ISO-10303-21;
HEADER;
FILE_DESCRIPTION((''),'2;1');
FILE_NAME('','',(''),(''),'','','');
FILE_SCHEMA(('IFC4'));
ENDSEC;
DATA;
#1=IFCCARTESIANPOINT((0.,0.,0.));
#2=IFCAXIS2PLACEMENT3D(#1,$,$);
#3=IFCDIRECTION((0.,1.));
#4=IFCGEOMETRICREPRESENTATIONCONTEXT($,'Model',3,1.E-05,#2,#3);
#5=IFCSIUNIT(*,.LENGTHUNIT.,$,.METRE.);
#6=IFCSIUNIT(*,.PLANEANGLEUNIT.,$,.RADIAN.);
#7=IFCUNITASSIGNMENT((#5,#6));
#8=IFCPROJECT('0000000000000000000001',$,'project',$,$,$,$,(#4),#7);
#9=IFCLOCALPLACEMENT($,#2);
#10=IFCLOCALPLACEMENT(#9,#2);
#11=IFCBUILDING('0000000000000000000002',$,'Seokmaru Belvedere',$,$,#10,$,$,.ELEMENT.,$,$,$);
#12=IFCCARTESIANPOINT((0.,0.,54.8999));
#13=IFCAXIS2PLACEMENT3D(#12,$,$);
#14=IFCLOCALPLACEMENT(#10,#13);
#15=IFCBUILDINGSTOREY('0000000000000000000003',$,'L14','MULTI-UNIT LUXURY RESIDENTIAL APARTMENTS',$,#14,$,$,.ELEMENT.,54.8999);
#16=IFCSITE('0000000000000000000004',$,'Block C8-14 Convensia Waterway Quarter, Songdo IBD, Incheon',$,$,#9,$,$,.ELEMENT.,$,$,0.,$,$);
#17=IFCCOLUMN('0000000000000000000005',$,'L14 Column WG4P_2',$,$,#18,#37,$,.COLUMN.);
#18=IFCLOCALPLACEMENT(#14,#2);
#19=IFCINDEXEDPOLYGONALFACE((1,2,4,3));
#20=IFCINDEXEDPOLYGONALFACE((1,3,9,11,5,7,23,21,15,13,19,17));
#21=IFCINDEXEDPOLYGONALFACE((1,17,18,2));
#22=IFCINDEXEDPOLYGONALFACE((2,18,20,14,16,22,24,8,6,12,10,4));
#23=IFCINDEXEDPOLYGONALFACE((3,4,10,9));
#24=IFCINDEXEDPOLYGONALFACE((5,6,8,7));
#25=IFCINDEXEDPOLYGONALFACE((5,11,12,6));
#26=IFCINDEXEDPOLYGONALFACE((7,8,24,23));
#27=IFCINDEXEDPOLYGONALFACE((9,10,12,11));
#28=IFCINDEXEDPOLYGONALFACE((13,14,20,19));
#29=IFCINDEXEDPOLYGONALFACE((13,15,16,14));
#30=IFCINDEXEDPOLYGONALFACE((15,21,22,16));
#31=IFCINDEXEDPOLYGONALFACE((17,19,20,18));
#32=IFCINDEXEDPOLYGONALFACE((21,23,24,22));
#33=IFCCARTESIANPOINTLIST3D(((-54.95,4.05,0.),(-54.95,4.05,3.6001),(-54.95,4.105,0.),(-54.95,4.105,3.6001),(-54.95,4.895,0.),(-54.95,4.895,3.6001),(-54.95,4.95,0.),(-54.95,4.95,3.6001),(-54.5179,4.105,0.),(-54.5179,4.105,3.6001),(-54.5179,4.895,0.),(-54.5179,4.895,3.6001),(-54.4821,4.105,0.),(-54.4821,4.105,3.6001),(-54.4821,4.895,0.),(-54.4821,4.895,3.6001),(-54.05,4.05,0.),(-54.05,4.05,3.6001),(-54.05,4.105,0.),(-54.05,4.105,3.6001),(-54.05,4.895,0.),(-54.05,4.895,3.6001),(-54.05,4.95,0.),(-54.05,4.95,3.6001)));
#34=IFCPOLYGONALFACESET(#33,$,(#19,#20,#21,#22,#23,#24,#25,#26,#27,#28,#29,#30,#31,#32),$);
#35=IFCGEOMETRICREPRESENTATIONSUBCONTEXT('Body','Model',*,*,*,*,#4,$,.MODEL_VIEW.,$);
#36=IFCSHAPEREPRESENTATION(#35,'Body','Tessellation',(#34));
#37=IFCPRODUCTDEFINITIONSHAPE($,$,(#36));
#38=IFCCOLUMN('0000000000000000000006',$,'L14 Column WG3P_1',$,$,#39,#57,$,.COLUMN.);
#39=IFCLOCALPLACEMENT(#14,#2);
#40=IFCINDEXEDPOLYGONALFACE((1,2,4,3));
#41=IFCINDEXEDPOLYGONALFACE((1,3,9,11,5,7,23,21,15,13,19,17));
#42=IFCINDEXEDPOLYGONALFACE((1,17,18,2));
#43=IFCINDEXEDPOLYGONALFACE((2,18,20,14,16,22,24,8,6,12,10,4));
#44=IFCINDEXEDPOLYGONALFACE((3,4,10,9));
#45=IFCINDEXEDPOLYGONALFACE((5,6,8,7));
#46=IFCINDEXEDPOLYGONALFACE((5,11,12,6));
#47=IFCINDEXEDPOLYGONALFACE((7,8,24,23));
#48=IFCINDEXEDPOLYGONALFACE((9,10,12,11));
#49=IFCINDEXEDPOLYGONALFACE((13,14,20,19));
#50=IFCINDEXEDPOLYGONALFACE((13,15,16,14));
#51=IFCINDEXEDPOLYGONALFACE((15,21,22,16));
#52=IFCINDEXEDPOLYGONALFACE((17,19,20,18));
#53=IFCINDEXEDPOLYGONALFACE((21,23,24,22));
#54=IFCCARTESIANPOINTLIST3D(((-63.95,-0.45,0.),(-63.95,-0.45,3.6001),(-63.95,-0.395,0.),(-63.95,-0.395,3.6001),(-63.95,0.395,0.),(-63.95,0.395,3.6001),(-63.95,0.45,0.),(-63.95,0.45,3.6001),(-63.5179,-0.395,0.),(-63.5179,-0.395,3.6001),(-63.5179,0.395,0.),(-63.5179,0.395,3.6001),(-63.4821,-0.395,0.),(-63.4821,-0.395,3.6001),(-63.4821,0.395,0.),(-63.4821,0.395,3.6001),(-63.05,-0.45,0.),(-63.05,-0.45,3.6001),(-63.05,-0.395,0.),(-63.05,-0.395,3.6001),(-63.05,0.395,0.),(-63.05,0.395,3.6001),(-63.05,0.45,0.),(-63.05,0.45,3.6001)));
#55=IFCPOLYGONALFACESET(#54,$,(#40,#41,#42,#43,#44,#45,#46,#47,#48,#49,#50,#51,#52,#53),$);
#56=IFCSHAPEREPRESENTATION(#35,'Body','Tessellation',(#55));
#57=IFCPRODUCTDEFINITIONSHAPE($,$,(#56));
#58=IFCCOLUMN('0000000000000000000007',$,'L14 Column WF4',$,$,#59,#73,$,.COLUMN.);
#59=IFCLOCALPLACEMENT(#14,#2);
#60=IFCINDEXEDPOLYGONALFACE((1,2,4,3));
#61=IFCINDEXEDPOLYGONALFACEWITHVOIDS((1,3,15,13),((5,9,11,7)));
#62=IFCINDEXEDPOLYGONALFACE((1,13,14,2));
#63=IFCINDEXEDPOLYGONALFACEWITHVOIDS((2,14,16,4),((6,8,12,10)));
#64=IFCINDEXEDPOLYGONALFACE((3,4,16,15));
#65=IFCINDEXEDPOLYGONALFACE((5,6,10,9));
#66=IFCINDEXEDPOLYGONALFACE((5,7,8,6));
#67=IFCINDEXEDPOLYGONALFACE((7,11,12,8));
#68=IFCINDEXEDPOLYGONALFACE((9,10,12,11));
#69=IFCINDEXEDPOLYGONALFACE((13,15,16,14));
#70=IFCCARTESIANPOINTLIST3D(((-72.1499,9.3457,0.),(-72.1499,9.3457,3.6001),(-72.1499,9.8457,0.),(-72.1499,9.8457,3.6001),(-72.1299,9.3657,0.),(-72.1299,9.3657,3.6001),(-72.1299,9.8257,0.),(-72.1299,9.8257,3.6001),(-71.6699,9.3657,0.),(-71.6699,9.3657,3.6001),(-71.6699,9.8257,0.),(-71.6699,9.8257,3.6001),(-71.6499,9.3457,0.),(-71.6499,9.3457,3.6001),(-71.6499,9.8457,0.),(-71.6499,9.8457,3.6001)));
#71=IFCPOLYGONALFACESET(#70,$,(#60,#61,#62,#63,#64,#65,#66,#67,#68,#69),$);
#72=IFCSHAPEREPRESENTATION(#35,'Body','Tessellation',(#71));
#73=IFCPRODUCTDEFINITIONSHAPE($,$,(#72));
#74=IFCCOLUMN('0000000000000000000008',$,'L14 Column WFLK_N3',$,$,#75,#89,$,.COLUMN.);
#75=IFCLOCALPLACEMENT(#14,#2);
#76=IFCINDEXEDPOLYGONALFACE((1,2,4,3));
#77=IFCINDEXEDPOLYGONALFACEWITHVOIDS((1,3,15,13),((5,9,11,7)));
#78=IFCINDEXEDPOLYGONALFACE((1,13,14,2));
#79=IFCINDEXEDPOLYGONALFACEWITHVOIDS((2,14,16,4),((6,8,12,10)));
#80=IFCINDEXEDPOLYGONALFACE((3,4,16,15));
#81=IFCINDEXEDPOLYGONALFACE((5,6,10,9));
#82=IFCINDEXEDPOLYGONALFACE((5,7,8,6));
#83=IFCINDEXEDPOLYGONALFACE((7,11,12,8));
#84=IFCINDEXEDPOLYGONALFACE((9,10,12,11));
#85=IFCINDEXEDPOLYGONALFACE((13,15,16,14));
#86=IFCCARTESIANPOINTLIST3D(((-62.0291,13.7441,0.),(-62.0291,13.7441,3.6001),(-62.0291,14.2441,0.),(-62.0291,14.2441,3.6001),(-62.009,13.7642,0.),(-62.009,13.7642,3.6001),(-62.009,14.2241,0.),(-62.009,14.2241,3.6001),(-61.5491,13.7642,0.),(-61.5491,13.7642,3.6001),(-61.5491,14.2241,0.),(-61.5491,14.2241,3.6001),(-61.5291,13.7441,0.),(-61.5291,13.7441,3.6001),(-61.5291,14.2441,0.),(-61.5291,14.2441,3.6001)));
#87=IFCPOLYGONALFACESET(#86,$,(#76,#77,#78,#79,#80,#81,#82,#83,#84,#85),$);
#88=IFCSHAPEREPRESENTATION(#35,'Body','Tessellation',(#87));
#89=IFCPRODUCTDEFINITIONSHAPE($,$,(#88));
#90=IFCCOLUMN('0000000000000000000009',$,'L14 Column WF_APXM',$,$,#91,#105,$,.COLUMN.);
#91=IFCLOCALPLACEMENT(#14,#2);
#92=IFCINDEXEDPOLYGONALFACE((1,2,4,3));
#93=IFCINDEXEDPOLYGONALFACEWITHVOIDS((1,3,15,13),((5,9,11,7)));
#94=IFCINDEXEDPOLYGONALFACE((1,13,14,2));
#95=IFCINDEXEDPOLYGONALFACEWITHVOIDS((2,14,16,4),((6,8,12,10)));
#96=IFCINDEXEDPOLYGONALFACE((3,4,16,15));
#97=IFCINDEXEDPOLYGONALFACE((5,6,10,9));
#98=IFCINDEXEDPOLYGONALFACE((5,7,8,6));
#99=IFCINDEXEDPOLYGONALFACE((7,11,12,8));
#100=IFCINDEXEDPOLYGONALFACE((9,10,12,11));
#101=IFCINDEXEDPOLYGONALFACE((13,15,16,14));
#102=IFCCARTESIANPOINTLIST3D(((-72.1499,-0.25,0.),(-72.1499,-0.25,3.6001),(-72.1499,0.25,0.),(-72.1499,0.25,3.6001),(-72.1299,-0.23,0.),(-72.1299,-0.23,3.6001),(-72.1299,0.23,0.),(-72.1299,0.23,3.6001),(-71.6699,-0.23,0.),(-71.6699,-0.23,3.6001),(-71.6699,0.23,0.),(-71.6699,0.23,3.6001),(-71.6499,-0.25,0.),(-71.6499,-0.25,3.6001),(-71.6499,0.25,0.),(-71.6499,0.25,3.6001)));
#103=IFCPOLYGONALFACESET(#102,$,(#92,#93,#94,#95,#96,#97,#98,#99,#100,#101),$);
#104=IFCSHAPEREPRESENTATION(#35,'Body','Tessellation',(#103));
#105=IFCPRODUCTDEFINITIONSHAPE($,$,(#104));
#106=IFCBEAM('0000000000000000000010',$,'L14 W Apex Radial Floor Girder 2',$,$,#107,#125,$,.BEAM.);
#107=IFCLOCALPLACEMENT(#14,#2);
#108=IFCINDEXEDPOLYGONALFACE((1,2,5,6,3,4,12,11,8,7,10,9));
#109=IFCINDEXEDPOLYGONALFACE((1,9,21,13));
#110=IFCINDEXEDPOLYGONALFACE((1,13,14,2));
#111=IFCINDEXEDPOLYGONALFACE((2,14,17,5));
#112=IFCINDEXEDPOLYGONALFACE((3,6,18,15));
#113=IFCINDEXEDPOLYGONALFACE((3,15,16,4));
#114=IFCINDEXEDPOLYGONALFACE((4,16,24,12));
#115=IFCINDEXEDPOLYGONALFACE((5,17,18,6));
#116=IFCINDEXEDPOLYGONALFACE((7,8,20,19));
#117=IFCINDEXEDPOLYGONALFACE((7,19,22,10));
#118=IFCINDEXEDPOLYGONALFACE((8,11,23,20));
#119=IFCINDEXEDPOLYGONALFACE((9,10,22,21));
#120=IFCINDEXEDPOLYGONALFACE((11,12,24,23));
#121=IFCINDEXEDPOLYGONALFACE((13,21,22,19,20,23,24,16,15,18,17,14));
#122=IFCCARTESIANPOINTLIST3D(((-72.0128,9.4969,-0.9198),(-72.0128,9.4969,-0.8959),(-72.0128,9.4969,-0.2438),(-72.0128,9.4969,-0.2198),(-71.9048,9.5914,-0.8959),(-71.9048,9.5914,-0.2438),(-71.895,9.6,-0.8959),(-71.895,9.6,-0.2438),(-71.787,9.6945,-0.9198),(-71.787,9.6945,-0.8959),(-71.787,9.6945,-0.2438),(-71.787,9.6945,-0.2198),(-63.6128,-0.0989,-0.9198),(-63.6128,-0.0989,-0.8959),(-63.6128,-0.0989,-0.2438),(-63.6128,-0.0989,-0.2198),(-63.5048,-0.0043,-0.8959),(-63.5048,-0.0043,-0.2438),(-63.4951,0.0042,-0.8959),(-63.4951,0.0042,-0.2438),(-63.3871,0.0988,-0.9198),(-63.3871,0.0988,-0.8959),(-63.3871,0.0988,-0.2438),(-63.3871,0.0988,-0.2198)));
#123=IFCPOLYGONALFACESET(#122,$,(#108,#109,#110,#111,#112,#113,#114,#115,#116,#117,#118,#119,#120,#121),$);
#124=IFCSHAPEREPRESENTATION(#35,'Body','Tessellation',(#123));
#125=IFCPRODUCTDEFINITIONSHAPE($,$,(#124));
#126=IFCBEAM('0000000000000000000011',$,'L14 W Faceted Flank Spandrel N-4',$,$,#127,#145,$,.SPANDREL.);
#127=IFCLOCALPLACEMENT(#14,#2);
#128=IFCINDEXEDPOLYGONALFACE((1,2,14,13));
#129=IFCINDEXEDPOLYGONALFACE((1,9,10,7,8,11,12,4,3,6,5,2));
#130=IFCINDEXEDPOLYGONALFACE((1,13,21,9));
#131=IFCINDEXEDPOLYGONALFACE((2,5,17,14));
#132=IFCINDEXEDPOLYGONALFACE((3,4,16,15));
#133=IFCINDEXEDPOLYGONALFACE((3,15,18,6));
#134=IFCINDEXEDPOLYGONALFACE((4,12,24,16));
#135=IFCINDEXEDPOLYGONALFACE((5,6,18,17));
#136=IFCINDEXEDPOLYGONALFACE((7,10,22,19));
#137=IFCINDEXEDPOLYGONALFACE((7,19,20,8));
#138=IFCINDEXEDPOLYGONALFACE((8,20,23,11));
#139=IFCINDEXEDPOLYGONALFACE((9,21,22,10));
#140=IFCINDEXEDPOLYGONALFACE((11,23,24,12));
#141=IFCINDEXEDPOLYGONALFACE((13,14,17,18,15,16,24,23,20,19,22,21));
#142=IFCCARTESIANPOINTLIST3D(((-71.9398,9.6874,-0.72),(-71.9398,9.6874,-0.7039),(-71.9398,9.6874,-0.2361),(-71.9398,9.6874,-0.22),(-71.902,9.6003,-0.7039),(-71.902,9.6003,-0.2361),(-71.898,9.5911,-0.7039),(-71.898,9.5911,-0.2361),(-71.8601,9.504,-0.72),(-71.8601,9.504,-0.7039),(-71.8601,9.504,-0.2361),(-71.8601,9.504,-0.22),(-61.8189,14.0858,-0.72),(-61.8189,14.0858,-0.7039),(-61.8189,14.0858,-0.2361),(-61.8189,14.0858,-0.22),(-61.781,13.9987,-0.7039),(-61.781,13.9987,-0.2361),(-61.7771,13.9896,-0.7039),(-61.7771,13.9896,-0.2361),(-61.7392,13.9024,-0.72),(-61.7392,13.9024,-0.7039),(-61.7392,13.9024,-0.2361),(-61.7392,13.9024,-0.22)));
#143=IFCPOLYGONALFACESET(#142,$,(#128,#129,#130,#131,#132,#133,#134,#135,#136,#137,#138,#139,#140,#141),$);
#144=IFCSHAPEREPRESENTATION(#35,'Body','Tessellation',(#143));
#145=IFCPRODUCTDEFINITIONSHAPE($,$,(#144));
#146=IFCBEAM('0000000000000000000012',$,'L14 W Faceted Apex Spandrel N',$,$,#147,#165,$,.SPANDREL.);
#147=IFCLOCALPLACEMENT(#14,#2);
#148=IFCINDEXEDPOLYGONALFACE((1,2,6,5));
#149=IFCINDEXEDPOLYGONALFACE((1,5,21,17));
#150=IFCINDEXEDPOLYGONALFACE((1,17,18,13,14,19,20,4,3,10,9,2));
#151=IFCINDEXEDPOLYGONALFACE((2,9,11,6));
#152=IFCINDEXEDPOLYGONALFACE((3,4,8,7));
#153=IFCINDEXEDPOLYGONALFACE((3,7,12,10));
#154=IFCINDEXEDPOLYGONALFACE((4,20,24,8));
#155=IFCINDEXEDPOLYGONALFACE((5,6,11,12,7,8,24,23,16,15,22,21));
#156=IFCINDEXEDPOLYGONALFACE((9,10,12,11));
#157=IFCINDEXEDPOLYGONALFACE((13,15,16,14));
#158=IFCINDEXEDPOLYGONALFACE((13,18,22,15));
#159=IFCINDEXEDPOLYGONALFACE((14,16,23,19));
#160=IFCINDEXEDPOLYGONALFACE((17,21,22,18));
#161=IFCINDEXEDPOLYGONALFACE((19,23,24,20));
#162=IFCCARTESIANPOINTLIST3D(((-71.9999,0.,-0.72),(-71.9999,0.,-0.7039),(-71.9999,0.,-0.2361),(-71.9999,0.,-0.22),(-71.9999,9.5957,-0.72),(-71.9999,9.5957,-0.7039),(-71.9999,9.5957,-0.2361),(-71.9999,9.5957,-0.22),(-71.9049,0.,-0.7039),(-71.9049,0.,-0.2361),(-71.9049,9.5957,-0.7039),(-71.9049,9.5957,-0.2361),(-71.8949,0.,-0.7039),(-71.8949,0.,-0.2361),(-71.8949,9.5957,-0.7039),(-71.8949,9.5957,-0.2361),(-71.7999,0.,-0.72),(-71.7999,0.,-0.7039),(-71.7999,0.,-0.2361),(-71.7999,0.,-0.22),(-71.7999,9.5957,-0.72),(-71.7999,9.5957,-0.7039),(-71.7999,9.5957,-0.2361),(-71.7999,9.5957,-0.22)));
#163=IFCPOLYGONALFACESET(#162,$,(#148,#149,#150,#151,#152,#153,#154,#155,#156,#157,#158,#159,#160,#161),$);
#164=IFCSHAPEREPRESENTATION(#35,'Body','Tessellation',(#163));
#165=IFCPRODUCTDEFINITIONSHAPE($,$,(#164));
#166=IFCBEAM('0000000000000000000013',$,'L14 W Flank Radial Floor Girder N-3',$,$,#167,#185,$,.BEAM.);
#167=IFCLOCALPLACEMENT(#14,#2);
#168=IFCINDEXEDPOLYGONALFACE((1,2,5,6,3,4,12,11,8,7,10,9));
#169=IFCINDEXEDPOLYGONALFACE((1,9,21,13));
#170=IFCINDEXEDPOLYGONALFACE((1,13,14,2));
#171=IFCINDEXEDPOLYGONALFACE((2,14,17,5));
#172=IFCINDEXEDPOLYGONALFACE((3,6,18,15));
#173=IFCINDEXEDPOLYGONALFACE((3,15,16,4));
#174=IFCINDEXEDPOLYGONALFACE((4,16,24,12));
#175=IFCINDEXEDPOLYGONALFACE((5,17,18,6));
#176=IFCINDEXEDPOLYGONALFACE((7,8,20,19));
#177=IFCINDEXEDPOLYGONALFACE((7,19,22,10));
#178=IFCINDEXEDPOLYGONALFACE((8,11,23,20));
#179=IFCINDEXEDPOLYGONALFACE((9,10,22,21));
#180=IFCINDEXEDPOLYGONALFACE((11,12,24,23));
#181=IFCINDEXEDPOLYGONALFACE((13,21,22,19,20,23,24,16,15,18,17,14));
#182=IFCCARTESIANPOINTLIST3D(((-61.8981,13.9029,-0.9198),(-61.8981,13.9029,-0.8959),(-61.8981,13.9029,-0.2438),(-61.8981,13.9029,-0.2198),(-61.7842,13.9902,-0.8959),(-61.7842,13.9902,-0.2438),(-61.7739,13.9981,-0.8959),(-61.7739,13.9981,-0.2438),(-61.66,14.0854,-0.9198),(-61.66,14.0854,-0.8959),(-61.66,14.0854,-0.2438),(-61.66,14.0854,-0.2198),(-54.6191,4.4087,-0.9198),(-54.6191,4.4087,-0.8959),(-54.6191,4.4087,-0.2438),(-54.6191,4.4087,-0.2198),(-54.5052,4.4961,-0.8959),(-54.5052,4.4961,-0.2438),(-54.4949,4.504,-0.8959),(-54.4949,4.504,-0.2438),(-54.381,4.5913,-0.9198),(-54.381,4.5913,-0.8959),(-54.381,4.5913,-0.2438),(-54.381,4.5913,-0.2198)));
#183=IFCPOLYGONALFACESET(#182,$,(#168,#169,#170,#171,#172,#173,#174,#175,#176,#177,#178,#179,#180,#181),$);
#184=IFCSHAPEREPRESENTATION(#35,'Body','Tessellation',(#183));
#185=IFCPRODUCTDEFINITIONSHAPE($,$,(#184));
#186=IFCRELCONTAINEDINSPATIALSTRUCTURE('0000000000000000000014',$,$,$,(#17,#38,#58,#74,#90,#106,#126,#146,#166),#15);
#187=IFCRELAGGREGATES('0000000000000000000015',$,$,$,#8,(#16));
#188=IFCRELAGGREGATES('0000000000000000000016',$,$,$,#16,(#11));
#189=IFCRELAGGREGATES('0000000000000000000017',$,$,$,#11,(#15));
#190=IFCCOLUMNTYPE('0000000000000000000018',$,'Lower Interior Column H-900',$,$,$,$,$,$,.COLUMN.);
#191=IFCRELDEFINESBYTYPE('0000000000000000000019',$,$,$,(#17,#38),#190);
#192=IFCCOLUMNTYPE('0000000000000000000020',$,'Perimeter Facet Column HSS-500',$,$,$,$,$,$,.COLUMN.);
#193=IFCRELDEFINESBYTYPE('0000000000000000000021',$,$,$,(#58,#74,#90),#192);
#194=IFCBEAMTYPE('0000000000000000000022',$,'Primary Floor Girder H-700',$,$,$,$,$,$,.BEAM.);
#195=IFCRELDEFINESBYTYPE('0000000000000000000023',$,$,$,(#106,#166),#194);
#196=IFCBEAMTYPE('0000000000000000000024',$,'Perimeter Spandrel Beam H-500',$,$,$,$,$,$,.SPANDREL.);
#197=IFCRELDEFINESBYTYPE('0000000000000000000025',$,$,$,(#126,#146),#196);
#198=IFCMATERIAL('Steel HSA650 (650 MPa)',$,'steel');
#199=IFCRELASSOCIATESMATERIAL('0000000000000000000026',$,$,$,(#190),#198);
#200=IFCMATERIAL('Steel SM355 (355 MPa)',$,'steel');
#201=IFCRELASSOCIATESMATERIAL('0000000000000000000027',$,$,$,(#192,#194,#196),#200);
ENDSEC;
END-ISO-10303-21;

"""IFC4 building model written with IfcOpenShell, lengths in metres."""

from ifc_helpers import new_model, si_unit, direction, frame, origin, origin_2d, place, context, subcontext, project, spatial, hollow_rectangle, i_section, extrude, source, transform, mapped, material, material_profile, profile_set, type_object, type_shapes, element, save


model = new_model("IFC4")

# Units and contexts
model_context = context("Model", 3, precision=1e-05, world=origin(), true_north=direction((0.0, 1.0)))
body_context = subcontext(model_context, "Body", "Model", "MODEL_VIEW")
ifc_project = project(units=[si_unit("LENGTHUNIT", "METRE"), si_unit("PLANEANGLEUNIT", "RADIAN")], contexts=[model_context])

# Site, building, storey
site_placement = place(None, origin())
site = spatial("IfcSite", under=ifc_project, at=site_placement, Name="Block C8-14 Convensia Waterway Quarter, Songdo IBD, Incheon", CompositionType="ELEMENT", RefElevation=0.0)
building_placement = place(site_placement, origin())
building = spatial("IfcBuilding", under=site, at=building_placement, Name="Seokmaru Belvedere", CompositionType="ELEMENT")
storey_placement = place(building_placement, frame((0.0, 0.0, 54.8999)))
storey = spatial("IfcBuildingStorey", under=building, at=storey_placement, Name="L14", Description="MULTI-UNIT LUXURY RESIDENTIAL APARTMENTS", CompositionType="ELEMENT", Elevation=54.8999)

# Columns
ifc_material_1 = material(Name="Steel HSA650 (650 MPa)", Category="steel")
ifc_material_profile_1 = material_profile(ifc_material_1, i_section(OverallWidth=0.8999, OverallDepth=0.8999, WebThickness=0.0359, FlangeThickness=0.0549, at=origin_2d()), Name="H-900x900x36x55")
ifc_profile_set_1 = profile_set([ifc_material_profile_1], Name="Steel HSA650 (650 MPa)")
column_type_1 = type_object("IfcColumnType", Name="Lower Interior Column H-900", PredefinedType="COLUMN", material=ifc_profile_set_1)
shared_shape_1 = source(origin(), body_context, "Body", "SweptSolid", [
    extrude(i_section(OverallWidth=0.8999, OverallDepth=0.8999, WebThickness=0.0359, FlangeThickness=0.0549, at=origin_2d()), origin(), (0.0, 0.0, 1.0), 3.6001),
])
type_shapes(column_type_1, [shared_shape_1])
for number, where, z_axis, x_axis, name in (
    (1, (-54.5, 4.5, 0.0), (0.0, 0.0, 1.0), (1.0, 0.0, 0.0), "L14 Column WG4P_2"),
    (2, (-63.5, 0.0, 0.0), (0.0, 0.0, 1.0), (1.0, 0.0, 0.0), "L14 Column WG3P_1"),
):
    element("IfcColumn", number, at=place(storey_placement, frame(where, z_axis=z_axis, x_axis=x_axis)), inside=storey, type_object=column_type_1, Name=name, PredefinedType="COLUMN", context=body_context, shape_type="MappedRepresentation", body=[
        mapped(shared_shape_1, transform((0.0, 0.0, 0.0), scale=1.0)),
    ])
ifc_material_2 = material(Name="Steel SM355 (355 MPa)", Category="steel")
ifc_material_profile_2 = material_profile(ifc_material_2, hollow_rectangle(XDim=0.5, YDim=0.5, WallThickness=0.02, at=origin_2d()), Name="HSS-500x500x20")
ifc_profile_set_2 = profile_set([ifc_material_profile_2], Name="Steel SM355 (355 MPa)")
column_type_2 = type_object("IfcColumnType", Name="Perimeter Facet Column HSS-500", PredefinedType="COLUMN", material=ifc_profile_set_2)
shared_shape_2 = source(origin(), body_context, "Body", "SweptSolid", [
    extrude(hollow_rectangle(XDim=0.5, YDim=0.5, WallThickness=0.02, at=origin_2d()), origin(), (0.0, 0.0, 1.0), 3.6001),
])
type_shapes(column_type_2, [shared_shape_2])
for number, where, z_axis, x_axis, name in (
    (3, (-71.8999, 9.5957, 0.0), (0.0, 0.0, 1.0), (1.0, 0.0, 0.0), "L14 Column WF4"),
    (4, (-61.7791, 13.9941, 0.0), (0.0, 0.0, 1.0), (1.0, 0.0, 0.0), "L14 Column WFLK_N3"),
    (5, (-71.8999, 0.0, 0.0), (0.0, 0.0, 1.0), (1.0, 0.0, 0.0), "L14 Column WF_APXM"),
):
    element("IfcColumn", number, at=place(storey_placement, frame(where, z_axis=z_axis, x_axis=x_axis)), inside=storey, type_object=column_type_2, Name=name, PredefinedType="COLUMN", context=body_context, shape_type="MappedRepresentation", body=[
        mapped(shared_shape_2, transform((0.0, 0.0, 0.0), scale=1.0)),
    ])

# Beams
ifc_material_profile_3 = material_profile(ifc_material_2, i_section(OverallWidth=0.3, OverallDepth=0.7, WebThickness=0.0129, FlangeThickness=0.0239, at=origin_2d()), Name="H-700x300x13x24")
ifc_profile_set_3 = profile_set([ifc_material_profile_3], Name="Steel SM355 (355 MPa)")
beam_type_1 = type_object("IfcBeamType", Name="Primary Floor Girder H-700", PredefinedType="BEAM", material=ifc_profile_set_3)
shared_shape_3 = source(origin(), body_context, "Body", "SweptSolid", [
    extrude(i_section(OverallWidth=0.3, OverallDepth=0.7, WebThickness=0.0129, FlangeThickness=0.0239, at=origin_2d()), origin(), (0.0, 0.0, 1.0), 12.7529),
])
beam_1_placement = place(storey_placement, frame((-71.8999, 9.5957, -0.5698), z_axis=(0.658667, -0.752434, 0.0), x_axis=(0.752434, 0.658667, 0.0)))
element("IfcBeam", 6, at=beam_1_placement, inside=storey, type_object=beam_type_1, Name="L14 W Apex Radial Floor Girder 2", PredefinedType="BEAM", context=body_context, shape_type="MappedRepresentation", body=[
    mapped(shared_shape_3, transform((0.0, 0.0, 0.0), scale=1.0)),
])
ifc_material_profile_4 = material_profile(ifc_material_2, i_section(OverallWidth=0.2, OverallDepth=0.5, WebThickness=0.01, FlangeThickness=0.0161, at=origin_2d()), Name="H-500x200x10x16")
ifc_profile_set_4 = profile_set([ifc_material_profile_4], Name="Steel SM355 (355 MPa)")
beam_type_2 = type_object("IfcBeamType", Name="Perimeter Spandrel Beam H-500", PredefinedType="SPANDREL", material=ifc_profile_set_4)
shared_shape_4 = source(origin(), body_context, "Body", "SweptSolid", [
    extrude(i_section(OverallWidth=0.2, OverallDepth=0.5, WebThickness=0.01, FlangeThickness=0.0161, at=origin_2d()), origin(), (0.0, 0.0, 1.0), 11.0354),
])
beam_2_placement = place(storey_placement, frame((-61.7791, 13.9941, -0.47), z_axis=(-0.917134, -0.398579, 0.0), x_axis=(0.398579, -0.917134, 0.0)))
element("IfcBeam", 7, at=beam_2_placement, inside=storey, type_object=beam_type_2, Name="L14 W Faceted Flank Spandrel N-4", PredefinedType="SPANDREL", context=body_context, shape_type="MappedRepresentation", body=[
    mapped(shared_shape_4, transform((0.0, 0.0, 0.0), scale=1.0)),
])
shared_shape_5 = source(origin(), body_context, "Body", "SweptSolid", [
    extrude(i_section(OverallWidth=0.2, OverallDepth=0.5, WebThickness=0.01, FlangeThickness=0.0161, at=origin_2d()), origin(), (0.0, 0.0, 1.0), 9.5957),
])
type_shapes(beam_type_2, [shared_shape_4, shared_shape_5])
beam_3_placement = place(storey_placement, frame((-71.8999, 0.0, -0.47), z_axis=(0.0, 1.0, 0.0), x_axis=(-1.0, 0.0, 0.0)))
element("IfcBeam", 8, at=beam_3_placement, inside=storey, type_object=beam_type_2, Name="L14 W Faceted Apex Spandrel N", PredefinedType="SPANDREL", context=body_context, shape_type="MappedRepresentation", body=[
    mapped(shared_shape_5, transform((0.0, 0.0, 0.0), scale=1.0)),
])
shared_shape_6 = source(origin(), body_context, "Body", "SweptSolid", [
    extrude(i_section(OverallWidth=0.3, OverallDepth=0.7, WebThickness=0.0129, FlangeThickness=0.0239, at=origin_2d()), origin(), (0.0, 0.0, 1.0), 11.9634),
])
beam_4_placement = place(storey_placement, frame((-61.7791, 13.9941, -0.5698), z_axis=(0.608443, -0.793598, 0.0), x_axis=(0.793598, 0.608443, 0.0)))
element("IfcBeam", 9, at=beam_4_placement, inside=storey, type_object=beam_type_1, Name="L14 W Flank Radial Floor Girder N-3", PredefinedType="BEAM", context=body_context, shape_type="MappedRepresentation", body=[
    mapped(shared_shape_6, transform((0.0, 0.0, 0.0), scale=1.0)),
])

save(model, "model.ifc")
